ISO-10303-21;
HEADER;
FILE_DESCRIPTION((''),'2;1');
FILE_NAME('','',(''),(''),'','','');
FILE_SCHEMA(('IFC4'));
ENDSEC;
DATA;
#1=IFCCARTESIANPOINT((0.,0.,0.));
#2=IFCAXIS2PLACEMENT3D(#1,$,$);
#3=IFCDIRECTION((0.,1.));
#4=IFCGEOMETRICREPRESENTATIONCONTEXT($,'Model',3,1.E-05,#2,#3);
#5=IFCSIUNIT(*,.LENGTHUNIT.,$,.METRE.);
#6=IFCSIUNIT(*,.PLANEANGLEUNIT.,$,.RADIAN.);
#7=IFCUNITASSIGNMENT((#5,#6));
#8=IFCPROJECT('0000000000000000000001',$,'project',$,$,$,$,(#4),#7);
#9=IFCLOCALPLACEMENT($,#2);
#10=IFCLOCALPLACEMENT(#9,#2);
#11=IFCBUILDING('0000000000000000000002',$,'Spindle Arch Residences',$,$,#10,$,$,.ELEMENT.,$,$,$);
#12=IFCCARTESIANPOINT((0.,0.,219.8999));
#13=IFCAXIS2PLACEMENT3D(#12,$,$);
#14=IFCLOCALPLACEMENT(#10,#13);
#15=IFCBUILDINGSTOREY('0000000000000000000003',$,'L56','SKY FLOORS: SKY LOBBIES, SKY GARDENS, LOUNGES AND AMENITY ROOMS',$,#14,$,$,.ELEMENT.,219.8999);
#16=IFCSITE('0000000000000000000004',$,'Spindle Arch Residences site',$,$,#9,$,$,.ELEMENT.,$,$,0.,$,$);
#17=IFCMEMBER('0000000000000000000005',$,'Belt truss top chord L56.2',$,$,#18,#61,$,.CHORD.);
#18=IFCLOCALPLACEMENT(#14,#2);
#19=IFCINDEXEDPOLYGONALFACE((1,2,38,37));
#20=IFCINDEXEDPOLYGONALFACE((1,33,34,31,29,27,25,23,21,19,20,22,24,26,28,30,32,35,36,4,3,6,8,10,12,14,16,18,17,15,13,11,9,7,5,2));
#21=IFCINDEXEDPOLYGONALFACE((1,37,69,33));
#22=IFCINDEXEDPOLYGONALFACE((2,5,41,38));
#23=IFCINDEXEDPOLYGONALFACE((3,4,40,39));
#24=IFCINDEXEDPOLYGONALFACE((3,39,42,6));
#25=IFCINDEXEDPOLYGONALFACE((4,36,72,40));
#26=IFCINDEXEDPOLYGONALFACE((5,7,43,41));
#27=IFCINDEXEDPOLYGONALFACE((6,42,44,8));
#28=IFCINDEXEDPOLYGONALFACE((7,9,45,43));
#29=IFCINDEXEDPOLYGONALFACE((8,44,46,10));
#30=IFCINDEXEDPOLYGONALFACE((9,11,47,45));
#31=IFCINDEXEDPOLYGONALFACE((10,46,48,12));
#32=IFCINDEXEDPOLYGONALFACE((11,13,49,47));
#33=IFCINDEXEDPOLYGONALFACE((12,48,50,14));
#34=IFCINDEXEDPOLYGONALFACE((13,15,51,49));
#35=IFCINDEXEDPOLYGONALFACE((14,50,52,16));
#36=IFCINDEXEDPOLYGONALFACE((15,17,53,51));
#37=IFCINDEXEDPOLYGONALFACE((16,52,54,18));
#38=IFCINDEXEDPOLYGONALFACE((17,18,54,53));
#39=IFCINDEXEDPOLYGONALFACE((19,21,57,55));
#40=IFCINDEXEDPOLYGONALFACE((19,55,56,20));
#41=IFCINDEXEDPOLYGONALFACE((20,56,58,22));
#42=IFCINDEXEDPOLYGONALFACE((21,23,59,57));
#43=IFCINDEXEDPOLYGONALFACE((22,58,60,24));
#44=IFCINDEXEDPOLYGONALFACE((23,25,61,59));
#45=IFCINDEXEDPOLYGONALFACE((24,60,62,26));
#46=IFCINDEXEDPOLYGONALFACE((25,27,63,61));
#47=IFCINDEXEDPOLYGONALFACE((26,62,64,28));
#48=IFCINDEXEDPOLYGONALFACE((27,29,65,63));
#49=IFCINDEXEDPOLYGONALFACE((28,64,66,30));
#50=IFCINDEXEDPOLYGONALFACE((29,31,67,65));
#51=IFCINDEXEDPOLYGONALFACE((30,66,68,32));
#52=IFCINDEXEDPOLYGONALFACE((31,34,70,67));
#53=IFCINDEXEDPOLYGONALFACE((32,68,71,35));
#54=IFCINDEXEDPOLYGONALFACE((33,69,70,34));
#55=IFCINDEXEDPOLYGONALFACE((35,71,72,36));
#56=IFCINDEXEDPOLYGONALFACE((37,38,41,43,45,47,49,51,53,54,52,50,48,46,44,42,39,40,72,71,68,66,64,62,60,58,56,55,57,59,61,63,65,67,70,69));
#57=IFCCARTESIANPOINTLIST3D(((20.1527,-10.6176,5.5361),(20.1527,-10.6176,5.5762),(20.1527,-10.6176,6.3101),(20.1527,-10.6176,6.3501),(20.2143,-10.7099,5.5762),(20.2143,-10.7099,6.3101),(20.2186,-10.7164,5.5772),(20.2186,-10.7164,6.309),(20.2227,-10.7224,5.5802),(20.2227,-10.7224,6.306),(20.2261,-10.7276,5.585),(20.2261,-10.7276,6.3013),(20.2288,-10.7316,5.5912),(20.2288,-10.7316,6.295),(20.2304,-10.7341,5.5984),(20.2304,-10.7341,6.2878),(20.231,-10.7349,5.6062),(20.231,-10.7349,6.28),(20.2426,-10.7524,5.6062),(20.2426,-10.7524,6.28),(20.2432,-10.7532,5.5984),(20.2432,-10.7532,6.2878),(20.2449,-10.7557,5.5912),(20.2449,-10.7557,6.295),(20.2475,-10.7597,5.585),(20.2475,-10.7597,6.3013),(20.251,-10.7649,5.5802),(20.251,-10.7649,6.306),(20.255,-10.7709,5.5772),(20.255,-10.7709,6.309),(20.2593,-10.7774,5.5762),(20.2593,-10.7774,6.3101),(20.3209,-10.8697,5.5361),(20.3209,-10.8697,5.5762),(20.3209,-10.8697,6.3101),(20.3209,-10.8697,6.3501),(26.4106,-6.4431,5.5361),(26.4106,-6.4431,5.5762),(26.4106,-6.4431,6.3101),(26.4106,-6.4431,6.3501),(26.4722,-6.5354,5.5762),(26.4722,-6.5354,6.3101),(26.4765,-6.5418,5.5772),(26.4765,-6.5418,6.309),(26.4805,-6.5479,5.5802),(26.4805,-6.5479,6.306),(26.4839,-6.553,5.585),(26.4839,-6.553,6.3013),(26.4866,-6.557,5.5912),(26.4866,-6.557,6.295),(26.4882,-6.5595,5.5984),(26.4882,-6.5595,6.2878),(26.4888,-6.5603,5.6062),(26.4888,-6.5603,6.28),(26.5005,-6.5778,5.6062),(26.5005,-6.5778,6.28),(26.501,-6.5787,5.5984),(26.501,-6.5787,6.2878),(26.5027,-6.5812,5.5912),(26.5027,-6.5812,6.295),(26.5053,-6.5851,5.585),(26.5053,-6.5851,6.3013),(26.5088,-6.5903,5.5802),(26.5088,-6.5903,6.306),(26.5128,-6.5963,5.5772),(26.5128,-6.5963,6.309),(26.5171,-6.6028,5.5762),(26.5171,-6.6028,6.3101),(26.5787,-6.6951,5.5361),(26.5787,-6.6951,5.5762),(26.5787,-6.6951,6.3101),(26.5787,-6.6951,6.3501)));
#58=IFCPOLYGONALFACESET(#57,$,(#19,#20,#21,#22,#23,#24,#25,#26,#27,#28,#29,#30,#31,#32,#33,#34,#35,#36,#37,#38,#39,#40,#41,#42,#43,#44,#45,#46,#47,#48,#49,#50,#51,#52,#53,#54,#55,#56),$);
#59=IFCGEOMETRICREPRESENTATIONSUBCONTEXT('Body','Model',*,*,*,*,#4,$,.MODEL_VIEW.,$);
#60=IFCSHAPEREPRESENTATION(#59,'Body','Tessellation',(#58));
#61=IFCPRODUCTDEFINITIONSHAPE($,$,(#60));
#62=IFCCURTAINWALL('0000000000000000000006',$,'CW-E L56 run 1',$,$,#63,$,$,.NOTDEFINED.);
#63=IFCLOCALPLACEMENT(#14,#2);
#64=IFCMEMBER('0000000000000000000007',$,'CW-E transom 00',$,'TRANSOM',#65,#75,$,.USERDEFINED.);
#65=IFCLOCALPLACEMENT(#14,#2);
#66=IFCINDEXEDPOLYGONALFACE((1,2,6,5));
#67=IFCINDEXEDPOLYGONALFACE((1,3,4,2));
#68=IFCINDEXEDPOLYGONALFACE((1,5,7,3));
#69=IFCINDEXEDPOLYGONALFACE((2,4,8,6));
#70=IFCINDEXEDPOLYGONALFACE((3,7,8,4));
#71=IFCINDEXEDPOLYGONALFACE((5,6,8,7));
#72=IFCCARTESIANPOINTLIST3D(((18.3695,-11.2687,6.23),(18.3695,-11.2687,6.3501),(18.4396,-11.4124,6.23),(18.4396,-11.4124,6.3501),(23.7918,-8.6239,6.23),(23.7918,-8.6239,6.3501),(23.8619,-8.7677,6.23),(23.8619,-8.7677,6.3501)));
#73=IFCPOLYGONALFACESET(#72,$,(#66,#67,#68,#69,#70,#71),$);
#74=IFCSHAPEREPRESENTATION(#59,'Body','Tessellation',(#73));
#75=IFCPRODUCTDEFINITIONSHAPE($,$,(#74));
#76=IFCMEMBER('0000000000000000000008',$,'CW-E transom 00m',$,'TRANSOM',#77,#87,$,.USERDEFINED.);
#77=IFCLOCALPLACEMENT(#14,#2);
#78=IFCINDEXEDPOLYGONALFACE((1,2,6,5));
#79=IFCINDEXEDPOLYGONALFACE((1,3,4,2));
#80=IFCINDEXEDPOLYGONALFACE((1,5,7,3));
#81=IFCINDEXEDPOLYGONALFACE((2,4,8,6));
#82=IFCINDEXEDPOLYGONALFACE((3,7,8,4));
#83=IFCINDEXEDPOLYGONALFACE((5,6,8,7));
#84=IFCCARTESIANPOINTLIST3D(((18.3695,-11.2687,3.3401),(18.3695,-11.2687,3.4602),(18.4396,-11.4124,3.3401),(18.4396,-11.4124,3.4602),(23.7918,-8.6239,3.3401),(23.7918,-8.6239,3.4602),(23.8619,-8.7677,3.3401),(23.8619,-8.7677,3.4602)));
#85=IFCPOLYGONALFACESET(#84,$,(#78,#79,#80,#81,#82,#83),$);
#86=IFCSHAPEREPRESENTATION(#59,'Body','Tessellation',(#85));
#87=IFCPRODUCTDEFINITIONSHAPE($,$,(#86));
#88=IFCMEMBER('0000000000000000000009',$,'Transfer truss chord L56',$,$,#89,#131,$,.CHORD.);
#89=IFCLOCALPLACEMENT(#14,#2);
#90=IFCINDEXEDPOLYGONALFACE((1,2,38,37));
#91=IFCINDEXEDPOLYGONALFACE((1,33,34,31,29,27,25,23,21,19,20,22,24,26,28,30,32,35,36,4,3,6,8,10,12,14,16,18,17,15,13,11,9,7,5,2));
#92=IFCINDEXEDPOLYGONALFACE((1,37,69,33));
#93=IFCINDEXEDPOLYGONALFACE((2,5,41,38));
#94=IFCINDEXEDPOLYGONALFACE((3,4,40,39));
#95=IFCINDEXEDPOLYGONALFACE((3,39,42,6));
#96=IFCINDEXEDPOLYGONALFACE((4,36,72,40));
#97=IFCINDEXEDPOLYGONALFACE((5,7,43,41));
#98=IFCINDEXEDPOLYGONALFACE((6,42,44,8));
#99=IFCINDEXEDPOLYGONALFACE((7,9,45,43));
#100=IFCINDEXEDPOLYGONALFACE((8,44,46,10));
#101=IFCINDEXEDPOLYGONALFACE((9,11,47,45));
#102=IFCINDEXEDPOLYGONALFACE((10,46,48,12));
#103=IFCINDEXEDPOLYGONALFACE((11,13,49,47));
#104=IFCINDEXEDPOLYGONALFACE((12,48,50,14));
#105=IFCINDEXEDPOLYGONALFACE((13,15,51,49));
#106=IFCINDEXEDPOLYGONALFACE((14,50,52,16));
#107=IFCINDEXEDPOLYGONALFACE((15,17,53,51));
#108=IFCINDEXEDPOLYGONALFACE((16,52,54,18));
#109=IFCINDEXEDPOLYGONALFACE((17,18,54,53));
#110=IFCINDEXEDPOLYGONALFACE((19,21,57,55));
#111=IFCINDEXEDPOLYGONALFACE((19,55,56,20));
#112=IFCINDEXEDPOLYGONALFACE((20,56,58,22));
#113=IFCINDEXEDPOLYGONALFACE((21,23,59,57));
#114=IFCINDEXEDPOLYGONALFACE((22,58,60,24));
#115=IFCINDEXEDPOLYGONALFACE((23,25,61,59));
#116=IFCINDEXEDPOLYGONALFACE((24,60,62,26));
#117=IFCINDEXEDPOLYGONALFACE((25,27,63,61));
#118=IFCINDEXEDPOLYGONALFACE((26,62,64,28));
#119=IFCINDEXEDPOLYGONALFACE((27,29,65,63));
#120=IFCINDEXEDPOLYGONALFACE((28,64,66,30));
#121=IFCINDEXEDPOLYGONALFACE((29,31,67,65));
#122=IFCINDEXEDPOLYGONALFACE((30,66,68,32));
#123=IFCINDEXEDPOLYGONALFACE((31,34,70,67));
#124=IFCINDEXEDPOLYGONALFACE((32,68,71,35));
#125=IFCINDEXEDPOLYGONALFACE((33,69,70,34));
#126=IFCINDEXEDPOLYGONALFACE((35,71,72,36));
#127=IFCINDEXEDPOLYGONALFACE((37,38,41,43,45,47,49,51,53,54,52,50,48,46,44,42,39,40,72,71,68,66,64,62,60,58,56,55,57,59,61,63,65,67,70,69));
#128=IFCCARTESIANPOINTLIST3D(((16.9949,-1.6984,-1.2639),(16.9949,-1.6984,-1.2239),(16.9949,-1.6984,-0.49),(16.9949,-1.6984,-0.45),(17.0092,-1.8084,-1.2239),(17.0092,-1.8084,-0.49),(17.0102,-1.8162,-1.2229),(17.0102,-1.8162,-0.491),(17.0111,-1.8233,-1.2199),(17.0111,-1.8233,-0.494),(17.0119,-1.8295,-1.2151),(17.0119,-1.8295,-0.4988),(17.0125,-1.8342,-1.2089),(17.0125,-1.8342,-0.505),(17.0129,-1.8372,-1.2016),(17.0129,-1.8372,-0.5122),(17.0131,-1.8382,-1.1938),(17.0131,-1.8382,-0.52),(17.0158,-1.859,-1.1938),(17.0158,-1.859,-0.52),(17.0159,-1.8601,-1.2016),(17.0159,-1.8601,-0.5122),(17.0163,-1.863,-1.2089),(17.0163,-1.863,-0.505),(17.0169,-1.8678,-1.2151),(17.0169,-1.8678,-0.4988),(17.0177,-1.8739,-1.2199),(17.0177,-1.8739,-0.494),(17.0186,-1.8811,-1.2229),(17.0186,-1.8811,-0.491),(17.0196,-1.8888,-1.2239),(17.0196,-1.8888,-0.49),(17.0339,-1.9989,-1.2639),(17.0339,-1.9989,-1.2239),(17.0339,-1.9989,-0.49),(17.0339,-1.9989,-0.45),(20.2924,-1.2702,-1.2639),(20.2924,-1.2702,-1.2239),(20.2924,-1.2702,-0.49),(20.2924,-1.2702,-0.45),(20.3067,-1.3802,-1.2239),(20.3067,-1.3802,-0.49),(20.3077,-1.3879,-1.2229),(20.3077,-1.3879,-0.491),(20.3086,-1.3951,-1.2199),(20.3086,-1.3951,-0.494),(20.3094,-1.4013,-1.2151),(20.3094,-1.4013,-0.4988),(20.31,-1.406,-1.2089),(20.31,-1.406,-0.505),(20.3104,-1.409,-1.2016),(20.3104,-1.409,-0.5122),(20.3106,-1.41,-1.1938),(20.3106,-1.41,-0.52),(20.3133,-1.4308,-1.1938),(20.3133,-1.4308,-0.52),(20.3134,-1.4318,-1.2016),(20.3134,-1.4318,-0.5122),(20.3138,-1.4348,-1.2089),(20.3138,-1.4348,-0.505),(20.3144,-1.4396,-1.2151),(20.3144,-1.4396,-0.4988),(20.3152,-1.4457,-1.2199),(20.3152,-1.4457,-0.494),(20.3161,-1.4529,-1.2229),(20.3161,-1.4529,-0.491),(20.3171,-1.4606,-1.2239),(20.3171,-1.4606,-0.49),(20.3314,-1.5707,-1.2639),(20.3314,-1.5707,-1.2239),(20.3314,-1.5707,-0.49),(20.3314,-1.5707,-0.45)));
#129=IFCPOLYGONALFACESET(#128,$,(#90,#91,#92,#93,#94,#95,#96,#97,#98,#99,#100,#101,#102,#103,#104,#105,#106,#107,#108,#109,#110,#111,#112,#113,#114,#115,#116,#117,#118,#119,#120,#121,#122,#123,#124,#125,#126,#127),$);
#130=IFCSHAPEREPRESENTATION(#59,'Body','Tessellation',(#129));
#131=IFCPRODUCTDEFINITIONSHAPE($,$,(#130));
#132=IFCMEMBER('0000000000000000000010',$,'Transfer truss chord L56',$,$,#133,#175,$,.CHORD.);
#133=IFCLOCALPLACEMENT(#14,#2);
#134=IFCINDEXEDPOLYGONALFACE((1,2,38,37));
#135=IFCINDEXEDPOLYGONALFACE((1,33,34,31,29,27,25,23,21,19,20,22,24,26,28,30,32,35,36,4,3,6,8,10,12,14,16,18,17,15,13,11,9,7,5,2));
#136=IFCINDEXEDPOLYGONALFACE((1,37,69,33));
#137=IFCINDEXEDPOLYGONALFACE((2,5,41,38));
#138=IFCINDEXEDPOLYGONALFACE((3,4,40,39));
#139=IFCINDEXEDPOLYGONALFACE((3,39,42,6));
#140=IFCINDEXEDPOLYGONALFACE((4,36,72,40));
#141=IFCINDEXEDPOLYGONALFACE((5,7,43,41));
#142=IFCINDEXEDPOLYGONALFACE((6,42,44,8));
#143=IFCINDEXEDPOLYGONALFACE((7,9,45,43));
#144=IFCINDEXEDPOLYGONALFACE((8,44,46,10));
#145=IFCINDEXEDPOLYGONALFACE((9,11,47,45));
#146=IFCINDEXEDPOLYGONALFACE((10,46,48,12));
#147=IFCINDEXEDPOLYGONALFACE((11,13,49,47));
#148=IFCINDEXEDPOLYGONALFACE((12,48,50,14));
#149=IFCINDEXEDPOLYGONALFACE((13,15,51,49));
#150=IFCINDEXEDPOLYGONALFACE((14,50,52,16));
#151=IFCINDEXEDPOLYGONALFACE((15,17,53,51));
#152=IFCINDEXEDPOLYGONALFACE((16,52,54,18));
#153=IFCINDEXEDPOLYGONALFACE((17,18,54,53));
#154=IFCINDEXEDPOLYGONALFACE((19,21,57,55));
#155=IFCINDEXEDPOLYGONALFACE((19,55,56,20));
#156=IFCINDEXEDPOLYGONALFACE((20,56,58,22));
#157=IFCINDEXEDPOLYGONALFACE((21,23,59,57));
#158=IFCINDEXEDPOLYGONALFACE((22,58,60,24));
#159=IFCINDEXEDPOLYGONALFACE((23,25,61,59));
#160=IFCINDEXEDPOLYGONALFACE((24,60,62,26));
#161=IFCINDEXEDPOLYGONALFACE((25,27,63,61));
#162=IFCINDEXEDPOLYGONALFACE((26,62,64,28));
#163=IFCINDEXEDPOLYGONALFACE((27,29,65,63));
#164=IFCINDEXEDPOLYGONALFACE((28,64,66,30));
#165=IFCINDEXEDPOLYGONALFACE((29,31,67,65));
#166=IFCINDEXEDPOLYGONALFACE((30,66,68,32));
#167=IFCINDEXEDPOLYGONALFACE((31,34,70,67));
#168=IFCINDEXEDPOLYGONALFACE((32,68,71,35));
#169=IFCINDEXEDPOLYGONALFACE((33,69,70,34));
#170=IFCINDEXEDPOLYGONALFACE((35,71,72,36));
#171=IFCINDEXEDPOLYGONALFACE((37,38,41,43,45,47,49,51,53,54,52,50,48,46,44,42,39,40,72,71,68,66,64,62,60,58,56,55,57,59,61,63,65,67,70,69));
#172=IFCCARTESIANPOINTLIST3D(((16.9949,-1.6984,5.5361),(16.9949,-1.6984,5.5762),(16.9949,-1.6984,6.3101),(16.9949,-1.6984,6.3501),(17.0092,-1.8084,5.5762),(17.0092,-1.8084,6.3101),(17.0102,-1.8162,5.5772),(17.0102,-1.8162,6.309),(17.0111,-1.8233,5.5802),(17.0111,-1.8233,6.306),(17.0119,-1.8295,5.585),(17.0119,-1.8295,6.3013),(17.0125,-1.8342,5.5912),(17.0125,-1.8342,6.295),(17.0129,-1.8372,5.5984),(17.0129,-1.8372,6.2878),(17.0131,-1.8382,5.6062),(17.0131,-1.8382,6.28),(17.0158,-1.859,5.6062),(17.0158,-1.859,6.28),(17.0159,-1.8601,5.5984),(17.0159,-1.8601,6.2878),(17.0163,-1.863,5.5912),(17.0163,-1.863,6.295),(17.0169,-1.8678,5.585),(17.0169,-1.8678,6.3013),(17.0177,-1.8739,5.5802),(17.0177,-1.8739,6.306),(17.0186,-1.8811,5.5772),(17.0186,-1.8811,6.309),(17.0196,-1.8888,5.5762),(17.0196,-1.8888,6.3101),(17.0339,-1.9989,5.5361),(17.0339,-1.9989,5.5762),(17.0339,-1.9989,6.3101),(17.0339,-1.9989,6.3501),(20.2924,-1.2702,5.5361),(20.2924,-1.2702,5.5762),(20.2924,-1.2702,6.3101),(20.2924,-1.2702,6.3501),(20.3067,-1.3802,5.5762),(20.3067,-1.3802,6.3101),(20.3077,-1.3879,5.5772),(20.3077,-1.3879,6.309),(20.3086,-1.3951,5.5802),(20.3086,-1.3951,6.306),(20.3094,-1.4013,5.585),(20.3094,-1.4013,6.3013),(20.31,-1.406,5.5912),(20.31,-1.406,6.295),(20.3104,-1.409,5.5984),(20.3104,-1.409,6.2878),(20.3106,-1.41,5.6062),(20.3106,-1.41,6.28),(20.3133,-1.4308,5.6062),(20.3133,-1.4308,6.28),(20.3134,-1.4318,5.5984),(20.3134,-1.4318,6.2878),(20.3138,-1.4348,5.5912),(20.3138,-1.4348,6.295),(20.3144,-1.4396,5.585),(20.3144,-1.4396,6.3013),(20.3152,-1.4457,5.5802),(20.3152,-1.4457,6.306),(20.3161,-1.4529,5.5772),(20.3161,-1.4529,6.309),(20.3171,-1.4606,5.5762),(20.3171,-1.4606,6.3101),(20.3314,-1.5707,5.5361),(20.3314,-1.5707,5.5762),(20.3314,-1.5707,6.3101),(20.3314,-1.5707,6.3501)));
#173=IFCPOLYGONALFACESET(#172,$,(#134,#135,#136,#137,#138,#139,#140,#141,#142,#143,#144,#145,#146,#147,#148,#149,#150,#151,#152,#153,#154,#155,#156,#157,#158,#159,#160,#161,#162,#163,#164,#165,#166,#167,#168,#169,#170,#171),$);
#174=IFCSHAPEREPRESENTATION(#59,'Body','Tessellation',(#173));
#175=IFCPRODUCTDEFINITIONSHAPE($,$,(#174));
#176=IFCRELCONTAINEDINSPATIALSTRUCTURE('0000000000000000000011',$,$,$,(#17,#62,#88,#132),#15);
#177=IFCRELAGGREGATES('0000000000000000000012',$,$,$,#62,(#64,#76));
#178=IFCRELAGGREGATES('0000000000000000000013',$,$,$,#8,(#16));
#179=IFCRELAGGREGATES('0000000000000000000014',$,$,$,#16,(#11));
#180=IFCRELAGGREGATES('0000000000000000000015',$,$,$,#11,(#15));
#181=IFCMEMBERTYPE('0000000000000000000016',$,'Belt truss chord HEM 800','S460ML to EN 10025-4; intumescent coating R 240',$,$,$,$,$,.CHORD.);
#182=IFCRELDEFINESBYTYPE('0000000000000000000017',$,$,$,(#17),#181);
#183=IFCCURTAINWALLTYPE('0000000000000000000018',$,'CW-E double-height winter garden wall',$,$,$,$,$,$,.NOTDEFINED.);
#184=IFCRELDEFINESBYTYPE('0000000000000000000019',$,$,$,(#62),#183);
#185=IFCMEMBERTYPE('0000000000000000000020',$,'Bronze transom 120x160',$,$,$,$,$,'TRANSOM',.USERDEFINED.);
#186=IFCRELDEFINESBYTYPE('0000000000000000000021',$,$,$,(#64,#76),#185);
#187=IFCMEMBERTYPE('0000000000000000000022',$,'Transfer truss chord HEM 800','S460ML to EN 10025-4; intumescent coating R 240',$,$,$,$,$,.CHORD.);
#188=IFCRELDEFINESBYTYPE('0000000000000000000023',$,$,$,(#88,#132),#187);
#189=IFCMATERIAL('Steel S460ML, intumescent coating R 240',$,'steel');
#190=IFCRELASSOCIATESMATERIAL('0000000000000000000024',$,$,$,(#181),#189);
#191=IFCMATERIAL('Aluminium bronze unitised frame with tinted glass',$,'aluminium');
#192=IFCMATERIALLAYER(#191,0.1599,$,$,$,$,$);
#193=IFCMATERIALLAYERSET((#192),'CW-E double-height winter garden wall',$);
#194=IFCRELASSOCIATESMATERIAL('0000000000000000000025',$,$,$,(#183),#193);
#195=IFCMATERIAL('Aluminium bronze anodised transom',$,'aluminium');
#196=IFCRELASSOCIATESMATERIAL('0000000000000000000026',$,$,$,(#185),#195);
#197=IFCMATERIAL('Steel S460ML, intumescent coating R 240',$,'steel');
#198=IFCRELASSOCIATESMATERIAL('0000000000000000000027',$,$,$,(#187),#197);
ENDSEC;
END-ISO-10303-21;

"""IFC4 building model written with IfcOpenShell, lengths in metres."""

from ifc_helpers import new_model, si_unit, direction, frame, origin, origin_2d, place, context, subcontext, project, spatial, rectangle, i_section, extrude, material, layer, layer_set, material_profile, profile_set, type_object, element, aggregate, save


model = new_model("IFC4")

# Units and contexts
model_context = context("Model", 3, precision=1e-05, world=origin(), true_north=direction((0.0, 1.0)))
body_context = subcontext(model_context, "Body", "Model", "MODEL_VIEW")
ifc_project = project(units=[si_unit("LENGTHUNIT", "METRE"), si_unit("PLANEANGLEUNIT", "RADIAN")], contexts=[model_context])

# Site, building, storey
site_placement = place(None, origin())
site = spatial("IfcSite", under=ifc_project, at=site_placement, Name="Spindle Arch Residences site", CompositionType="ELEMENT", RefElevation=0.0)
building_placement = place(site_placement, origin())
building = spatial("IfcBuilding", under=site, at=building_placement, Name="Spindle Arch Residences", CompositionType="ELEMENT")
storey_placement = place(building_placement, frame((0.0, 0.0, 219.8999)))
storey = spatial("IfcBuildingStorey", under=building, at=storey_placement, Name="L56", Description="SKY FLOORS: SKY LOBBIES, SKY GARDENS, LOUNGES AND AMENITY ROOMS", CompositionType="ELEMENT", Elevation=219.8999)

# Member
ifc_material_1 = material(Name="Steel S460ML, intumescent coating R 240", Category="steel")
ifc_material_profile_1 = material_profile(ifc_material_1, i_section(OverallWidth=0.303, OverallDepth=0.814, WebThickness=0.021, FlangeThickness=0.04, FilletRadius=0.03, at=origin_2d()), Name="HEM 800")
ifc_profile_set_1 = profile_set([ifc_material_profile_1], Name="Steel S460ML, intumescent coating R 240")
member_type_1 = type_object("IfcMemberType", Name="Belt truss chord HEM 800", Description="S460ML to EN 10025-4; intumescent coating R 240", PredefinedType="CHORD", material=ifc_profile_set_1)
member_1_placement = place(storey_placement, frame((20.2368, -10.7437, 5.9431), z_axis=(0.831885, 0.554947, 0.0), x_axis=(-0.554947, 0.831885, 0.0)))
element("IfcMember", 1, at=member_1_placement, inside=storey, type_object=member_type_1, Name="Belt truss top chord L56.2", PredefinedType="CHORD", context=body_context, shape_type="SweptSolid", body=[
    extrude(i_section(OverallWidth=0.303, OverallDepth=0.814, WebThickness=0.021, FlangeThickness=0.04, FilletRadius=0.03, at=origin_2d()), origin(), (0.0, 0.0, 1.0), 7.5225),
])

# Curtain wall, members
ifc_material_2 = material(Name="Aluminium bronze unitised frame with tinted glass", Category="aluminium")
ifc_layer_1 = layer(ifc_material_2, 0.1599)
ifc_layer_set_1 = layer_set([ifc_layer_1], Name="CW-E double-height winter garden wall")
curtain_wall_type = type_object("IfcCurtainWallType", Name="CW-E double-height winter garden wall", PredefinedType="NOTDEFINED", material=ifc_layer_set_1)
curtain_wall_placement = place(storey_placement, origin())
curtain_wall = element("IfcCurtainWall", 2, at=curtain_wall_placement, inside=storey, type_object=curtain_wall_type, Name="CW-E L56 run 1", PredefinedType="NOTDEFINED")
ifc_material_3 = material(Name="Aluminium bronze anodised transom", Category="aluminium")
ifc_material_profile_2 = material_profile(ifc_material_3, rectangle(XDim=0.1599, YDim=0.1201, at=origin_2d()), Name="TR 120x160")
ifc_profile_set_2 = profile_set([ifc_material_profile_2], Name="Aluminium bronze anodised transom")
member_type_2 = type_object("IfcMemberType", Name="Bronze transom 120x160", ElementType="TRANSOM", PredefinedType="USERDEFINED", material=ifc_profile_set_2)
member_2_placement = place(storey_placement, frame((18.4045, -11.3406, 6.29), z_axis=(0.898787, 0.438386, 0.0), x_axis=(-0.438386, 0.898787, 0.0)))
member_2 = element("IfcMember", 3, at=member_2_placement, type_object=member_type_2, Name="CW-E transom 00", ObjectType="TRANSOM", PredefinedType="USERDEFINED", context=body_context, shape_type="SweptSolid", body=[
    extrude(rectangle(XDim=0.1599, YDim=0.1201, at=origin_2d()), origin(), (0.0, 0.0, 1.0), 6.033),
])
member_3_placement = place(storey_placement, frame((18.4045, -11.3406, 3.4001), z_axis=(0.898787, 0.438386, 0.0), x_axis=(-0.438386, 0.898787, 0.0)))
member_3 = element("IfcMember", 4, at=member_3_placement, type_object=member_type_2, Name="CW-E transom 00m", ObjectType="TRANSOM", PredefinedType="USERDEFINED", context=body_context, shape_type="SweptSolid", body=[
    extrude(rectangle(XDim=0.1599, YDim=0.1201, at=origin_2d()), origin(), (0.0, 0.0, 1.0), 6.033),
])

# Members
ifc_material_4 = material(Name="Steel S460ML, intumescent coating R 240", Category="steel")
ifc_material_profile_3 = material_profile(ifc_material_4, i_section(OverallWidth=0.303, OverallDepth=0.814, WebThickness=0.021, FlangeThickness=0.04, FilletRadius=0.03, at=origin_2d()), Name="HEM 800")
ifc_profile_set_3 = profile_set([ifc_material_profile_3], Name="Steel S460ML, intumescent coating R 240")
member_type_3 = type_object("IfcMemberType", Name="Transfer truss chord HEM 800", Description="S460ML to EN 10025-4; intumescent coating R 240", PredefinedType="CHORD", material=ifc_profile_set_3)
for number, where, z_axis, x_axis, name in (
    (5, (17.0144, -1.8486, -0.8569), (0.991674, 0.128777, 0.0), (-0.128777, 0.991674, 0.0), "Transfer truss chord L56"),
    (6, (17.0144, -1.8486, 5.9431), (0.991674, 0.128777, 0.0), (-0.128777, 0.991674, 0.0), "Transfer truss chord L56"),
):
    element("IfcMember", number, at=place(storey_placement, frame(where, z_axis=z_axis, x_axis=x_axis)), inside=storey, type_object=member_type_3, Name=name, PredefinedType="CHORD", context=body_context, shape_type="SweptSolid", body=[
        extrude(i_section(OverallWidth=0.303, OverallDepth=0.814, WebThickness=0.021, FlangeThickness=0.04, FilletRadius=0.03, at=origin_2d()), origin(), (0.0, 0.0, 1.0), 3.3252),
    ])

aggregate(curtain_wall, [member_2, member_3])

save(model, "model.ifc")
